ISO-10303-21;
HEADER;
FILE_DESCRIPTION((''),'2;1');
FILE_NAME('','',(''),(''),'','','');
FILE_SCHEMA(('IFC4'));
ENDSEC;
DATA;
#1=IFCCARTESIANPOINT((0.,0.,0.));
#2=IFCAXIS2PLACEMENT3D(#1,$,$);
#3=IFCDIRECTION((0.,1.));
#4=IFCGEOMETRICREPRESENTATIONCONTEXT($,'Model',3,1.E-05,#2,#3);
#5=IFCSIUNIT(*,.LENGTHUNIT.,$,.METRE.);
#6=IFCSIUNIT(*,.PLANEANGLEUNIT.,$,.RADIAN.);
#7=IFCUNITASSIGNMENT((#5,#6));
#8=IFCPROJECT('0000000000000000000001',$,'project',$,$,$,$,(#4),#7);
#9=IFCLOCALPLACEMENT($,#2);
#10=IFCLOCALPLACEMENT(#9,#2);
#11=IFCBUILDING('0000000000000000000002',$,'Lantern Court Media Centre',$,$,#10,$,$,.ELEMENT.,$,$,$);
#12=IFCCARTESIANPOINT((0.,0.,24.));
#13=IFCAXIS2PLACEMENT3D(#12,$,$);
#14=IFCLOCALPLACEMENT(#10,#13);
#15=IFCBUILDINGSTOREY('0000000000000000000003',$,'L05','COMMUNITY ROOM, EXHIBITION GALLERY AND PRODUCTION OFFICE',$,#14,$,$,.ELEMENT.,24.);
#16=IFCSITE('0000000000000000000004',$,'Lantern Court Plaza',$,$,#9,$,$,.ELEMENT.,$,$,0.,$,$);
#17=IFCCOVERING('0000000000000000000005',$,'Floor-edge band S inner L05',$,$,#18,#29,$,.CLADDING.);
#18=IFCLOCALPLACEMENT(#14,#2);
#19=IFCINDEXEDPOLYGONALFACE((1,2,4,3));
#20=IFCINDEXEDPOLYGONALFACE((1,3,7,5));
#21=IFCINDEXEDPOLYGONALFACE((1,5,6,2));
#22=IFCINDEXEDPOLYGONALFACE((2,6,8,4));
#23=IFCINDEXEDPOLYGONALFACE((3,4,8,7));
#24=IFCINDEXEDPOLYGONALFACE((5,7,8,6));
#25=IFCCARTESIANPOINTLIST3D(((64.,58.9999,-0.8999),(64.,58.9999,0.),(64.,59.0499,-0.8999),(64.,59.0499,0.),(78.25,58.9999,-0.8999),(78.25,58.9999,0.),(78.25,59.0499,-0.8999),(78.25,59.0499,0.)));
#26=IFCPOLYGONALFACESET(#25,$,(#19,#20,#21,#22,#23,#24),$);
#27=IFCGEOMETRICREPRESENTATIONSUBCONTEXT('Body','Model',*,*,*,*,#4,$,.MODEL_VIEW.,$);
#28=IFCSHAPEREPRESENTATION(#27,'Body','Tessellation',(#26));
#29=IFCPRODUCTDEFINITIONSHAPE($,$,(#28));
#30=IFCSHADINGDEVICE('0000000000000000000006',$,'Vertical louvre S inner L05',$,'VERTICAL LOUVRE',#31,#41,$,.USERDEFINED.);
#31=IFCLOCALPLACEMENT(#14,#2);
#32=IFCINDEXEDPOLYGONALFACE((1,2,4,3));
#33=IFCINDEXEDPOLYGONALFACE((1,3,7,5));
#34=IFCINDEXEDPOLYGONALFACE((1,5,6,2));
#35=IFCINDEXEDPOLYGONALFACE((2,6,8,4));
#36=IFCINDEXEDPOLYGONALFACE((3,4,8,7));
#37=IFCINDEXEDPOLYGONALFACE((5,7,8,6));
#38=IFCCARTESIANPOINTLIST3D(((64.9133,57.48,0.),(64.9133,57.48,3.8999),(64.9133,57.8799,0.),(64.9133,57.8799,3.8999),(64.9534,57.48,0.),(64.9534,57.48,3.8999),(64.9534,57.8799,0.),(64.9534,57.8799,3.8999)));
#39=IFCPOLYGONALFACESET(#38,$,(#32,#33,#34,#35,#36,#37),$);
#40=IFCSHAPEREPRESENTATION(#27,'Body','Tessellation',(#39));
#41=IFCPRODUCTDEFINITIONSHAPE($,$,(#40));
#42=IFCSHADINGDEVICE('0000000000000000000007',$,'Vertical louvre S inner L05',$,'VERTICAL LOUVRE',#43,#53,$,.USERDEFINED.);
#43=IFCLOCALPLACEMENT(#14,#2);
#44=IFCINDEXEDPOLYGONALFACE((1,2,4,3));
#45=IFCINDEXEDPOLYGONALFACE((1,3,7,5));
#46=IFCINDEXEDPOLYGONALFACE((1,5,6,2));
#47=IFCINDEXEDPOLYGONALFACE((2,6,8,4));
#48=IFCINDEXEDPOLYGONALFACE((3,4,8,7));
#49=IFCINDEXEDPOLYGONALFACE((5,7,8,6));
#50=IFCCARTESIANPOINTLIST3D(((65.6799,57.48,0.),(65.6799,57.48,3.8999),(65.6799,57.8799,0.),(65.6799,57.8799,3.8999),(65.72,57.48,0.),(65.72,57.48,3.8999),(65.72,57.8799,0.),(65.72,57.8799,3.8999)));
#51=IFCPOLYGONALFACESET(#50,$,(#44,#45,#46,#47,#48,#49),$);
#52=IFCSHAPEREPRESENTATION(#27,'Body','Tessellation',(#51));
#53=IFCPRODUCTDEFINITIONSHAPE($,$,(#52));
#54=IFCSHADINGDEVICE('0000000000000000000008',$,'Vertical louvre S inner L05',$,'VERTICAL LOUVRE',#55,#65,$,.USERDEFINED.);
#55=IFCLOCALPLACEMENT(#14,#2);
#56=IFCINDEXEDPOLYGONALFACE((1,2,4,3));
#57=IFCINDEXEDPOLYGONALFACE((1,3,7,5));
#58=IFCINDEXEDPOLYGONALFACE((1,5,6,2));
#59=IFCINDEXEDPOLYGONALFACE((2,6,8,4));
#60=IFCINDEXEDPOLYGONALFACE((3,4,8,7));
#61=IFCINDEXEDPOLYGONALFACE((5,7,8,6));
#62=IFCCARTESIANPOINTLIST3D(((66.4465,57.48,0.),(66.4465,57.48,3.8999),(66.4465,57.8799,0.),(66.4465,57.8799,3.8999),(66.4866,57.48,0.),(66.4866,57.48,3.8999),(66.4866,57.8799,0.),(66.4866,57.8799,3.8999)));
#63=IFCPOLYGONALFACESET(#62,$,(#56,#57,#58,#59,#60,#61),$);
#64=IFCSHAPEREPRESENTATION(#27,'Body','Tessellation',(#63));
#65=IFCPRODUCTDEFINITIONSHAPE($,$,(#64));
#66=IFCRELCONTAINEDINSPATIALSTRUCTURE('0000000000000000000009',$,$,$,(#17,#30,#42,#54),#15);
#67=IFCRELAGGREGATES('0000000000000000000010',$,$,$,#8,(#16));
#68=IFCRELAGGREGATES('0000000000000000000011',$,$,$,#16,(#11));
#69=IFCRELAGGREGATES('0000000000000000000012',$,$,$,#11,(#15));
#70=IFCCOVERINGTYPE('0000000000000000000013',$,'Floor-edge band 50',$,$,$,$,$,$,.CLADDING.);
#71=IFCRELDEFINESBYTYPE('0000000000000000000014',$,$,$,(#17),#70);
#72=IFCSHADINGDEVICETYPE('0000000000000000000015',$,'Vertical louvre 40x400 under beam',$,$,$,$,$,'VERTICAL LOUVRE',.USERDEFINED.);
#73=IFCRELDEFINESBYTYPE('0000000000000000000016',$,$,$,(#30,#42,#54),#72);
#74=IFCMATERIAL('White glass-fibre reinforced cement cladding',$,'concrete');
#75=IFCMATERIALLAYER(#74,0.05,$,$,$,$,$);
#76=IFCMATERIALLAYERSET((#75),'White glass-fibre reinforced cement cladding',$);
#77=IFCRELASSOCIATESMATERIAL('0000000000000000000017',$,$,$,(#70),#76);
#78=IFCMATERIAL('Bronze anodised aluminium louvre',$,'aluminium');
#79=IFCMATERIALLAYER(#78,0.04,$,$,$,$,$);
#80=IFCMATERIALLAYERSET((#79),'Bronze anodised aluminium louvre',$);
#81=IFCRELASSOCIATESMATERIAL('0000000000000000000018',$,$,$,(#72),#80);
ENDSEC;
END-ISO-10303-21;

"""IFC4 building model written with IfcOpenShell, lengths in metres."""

from ifc_helpers import new_model, si_unit, direction, frame, frame_2d, origin, origin_2d, place, context, subcontext, project, spatial, rectangle, extrude, material, layer, layer_set, type_object, element, save


model = new_model("IFC4")

# Units and contexts
model_context = context("Model", 3, precision=1e-05, world=origin(), true_north=direction((0.0, 1.0)))
body_context = subcontext(model_context, "Body", "Model", "MODEL_VIEW")
ifc_project = project(units=[si_unit("LENGTHUNIT", "METRE"), si_unit("PLANEANGLEUNIT", "RADIAN")], contexts=[model_context])

# Site, building, storey
site_placement = place(None, origin())
site = spatial("IfcSite", under=ifc_project, at=site_placement, Name="Lantern Court Plaza", CompositionType="ELEMENT", RefElevation=0.0)
building_placement = place(site_placement, origin())
building = spatial("IfcBuilding", under=site, at=building_placement, Name="Lantern Court Media Centre", CompositionType="ELEMENT")
storey_placement = place(building_placement, frame((0.0, 0.0, 24.0)))
storey = spatial("IfcBuildingStorey", under=building, at=storey_placement, Name="L05", Description="COMMUNITY ROOM, EXHIBITION GALLERY AND PRODUCTION OFFICE", CompositionType="ELEMENT", Elevation=24.0)

# Covering
ifc_material_1 = material(Name="White glass-fibre reinforced cement cladding", Category="concrete")
ifc_layer_1 = layer(ifc_material_1, 0.05)
ifc_layer_set_1 = layer_set([ifc_layer_1], Name="White glass-fibre reinforced cement cladding")
covering_type = type_object("IfcCoveringType", Name="Floor-edge band 50", PredefinedType="CLADDING", material=ifc_layer_set_1)
covering_placement = place(storey_placement, frame((64.0, 59.0249, -0.8999), z_axis=(0.0, 0.0, 1.0), x_axis=(1.0, 0.0, 0.0)))
element("IfcCovering", 1, at=covering_placement, inside=storey, type_object=covering_type, Name="Floor-edge band S inner L05", PredefinedType="CLADDING", context=body_context, shape_type="SweptSolid", body=[
    extrude(rectangle(XDim=14.25, YDim=0.05, at=frame_2d((7.125, 0.0))), origin(), (0.0, 0.0, 1.0), 0.8999),
])

# Shading devices
ifc_material_2 = material(Name="Bronze anodised aluminium louvre", Category="aluminium")
ifc_layer_2 = layer(ifc_material_2, 0.04)
ifc_layer_set_2 = layer_set([ifc_layer_2], Name="Bronze anodised aluminium louvre")
shading_device_type = type_object("IfcShadingDeviceType", Name="Vertical louvre 40x400 under beam", ElementType="VERTICAL LOUVRE", PredefinedType="USERDEFINED", material=ifc_layer_set_2)
for number, where, z_axis, x_axis, name in (
    (2, (64.9333, 57.6799, 0.0), (0.0, 0.0, 1.0), (1.0, 0.0, 0.0), "Vertical louvre S inner L05"),
    (3, (65.7, 57.6799, 0.0), (0.0, 0.0, 1.0), (1.0, 0.0, 0.0), "Vertical louvre S inner L05"),
    (4, (66.4666, 57.6799, 0.0), (0.0, 0.0, 1.0), (1.0, 0.0, 0.0), "Vertical louvre S inner L05"),
):
    element("IfcShadingDevice", number, at=place(storey_placement, frame(where, z_axis=z_axis, x_axis=x_axis)), inside=storey, type_object=shading_device_type, Name=name, ObjectType="VERTICAL LOUVRE", PredefinedType="USERDEFINED", context=body_context, shape_type="SweptSolid", body=[
        extrude(rectangle(XDim=0.04, YDim=0.3999, at=origin_2d()), origin(), (0.0, 0.0, 1.0), 3.8999),
    ])

save(model, "model.ifc")
